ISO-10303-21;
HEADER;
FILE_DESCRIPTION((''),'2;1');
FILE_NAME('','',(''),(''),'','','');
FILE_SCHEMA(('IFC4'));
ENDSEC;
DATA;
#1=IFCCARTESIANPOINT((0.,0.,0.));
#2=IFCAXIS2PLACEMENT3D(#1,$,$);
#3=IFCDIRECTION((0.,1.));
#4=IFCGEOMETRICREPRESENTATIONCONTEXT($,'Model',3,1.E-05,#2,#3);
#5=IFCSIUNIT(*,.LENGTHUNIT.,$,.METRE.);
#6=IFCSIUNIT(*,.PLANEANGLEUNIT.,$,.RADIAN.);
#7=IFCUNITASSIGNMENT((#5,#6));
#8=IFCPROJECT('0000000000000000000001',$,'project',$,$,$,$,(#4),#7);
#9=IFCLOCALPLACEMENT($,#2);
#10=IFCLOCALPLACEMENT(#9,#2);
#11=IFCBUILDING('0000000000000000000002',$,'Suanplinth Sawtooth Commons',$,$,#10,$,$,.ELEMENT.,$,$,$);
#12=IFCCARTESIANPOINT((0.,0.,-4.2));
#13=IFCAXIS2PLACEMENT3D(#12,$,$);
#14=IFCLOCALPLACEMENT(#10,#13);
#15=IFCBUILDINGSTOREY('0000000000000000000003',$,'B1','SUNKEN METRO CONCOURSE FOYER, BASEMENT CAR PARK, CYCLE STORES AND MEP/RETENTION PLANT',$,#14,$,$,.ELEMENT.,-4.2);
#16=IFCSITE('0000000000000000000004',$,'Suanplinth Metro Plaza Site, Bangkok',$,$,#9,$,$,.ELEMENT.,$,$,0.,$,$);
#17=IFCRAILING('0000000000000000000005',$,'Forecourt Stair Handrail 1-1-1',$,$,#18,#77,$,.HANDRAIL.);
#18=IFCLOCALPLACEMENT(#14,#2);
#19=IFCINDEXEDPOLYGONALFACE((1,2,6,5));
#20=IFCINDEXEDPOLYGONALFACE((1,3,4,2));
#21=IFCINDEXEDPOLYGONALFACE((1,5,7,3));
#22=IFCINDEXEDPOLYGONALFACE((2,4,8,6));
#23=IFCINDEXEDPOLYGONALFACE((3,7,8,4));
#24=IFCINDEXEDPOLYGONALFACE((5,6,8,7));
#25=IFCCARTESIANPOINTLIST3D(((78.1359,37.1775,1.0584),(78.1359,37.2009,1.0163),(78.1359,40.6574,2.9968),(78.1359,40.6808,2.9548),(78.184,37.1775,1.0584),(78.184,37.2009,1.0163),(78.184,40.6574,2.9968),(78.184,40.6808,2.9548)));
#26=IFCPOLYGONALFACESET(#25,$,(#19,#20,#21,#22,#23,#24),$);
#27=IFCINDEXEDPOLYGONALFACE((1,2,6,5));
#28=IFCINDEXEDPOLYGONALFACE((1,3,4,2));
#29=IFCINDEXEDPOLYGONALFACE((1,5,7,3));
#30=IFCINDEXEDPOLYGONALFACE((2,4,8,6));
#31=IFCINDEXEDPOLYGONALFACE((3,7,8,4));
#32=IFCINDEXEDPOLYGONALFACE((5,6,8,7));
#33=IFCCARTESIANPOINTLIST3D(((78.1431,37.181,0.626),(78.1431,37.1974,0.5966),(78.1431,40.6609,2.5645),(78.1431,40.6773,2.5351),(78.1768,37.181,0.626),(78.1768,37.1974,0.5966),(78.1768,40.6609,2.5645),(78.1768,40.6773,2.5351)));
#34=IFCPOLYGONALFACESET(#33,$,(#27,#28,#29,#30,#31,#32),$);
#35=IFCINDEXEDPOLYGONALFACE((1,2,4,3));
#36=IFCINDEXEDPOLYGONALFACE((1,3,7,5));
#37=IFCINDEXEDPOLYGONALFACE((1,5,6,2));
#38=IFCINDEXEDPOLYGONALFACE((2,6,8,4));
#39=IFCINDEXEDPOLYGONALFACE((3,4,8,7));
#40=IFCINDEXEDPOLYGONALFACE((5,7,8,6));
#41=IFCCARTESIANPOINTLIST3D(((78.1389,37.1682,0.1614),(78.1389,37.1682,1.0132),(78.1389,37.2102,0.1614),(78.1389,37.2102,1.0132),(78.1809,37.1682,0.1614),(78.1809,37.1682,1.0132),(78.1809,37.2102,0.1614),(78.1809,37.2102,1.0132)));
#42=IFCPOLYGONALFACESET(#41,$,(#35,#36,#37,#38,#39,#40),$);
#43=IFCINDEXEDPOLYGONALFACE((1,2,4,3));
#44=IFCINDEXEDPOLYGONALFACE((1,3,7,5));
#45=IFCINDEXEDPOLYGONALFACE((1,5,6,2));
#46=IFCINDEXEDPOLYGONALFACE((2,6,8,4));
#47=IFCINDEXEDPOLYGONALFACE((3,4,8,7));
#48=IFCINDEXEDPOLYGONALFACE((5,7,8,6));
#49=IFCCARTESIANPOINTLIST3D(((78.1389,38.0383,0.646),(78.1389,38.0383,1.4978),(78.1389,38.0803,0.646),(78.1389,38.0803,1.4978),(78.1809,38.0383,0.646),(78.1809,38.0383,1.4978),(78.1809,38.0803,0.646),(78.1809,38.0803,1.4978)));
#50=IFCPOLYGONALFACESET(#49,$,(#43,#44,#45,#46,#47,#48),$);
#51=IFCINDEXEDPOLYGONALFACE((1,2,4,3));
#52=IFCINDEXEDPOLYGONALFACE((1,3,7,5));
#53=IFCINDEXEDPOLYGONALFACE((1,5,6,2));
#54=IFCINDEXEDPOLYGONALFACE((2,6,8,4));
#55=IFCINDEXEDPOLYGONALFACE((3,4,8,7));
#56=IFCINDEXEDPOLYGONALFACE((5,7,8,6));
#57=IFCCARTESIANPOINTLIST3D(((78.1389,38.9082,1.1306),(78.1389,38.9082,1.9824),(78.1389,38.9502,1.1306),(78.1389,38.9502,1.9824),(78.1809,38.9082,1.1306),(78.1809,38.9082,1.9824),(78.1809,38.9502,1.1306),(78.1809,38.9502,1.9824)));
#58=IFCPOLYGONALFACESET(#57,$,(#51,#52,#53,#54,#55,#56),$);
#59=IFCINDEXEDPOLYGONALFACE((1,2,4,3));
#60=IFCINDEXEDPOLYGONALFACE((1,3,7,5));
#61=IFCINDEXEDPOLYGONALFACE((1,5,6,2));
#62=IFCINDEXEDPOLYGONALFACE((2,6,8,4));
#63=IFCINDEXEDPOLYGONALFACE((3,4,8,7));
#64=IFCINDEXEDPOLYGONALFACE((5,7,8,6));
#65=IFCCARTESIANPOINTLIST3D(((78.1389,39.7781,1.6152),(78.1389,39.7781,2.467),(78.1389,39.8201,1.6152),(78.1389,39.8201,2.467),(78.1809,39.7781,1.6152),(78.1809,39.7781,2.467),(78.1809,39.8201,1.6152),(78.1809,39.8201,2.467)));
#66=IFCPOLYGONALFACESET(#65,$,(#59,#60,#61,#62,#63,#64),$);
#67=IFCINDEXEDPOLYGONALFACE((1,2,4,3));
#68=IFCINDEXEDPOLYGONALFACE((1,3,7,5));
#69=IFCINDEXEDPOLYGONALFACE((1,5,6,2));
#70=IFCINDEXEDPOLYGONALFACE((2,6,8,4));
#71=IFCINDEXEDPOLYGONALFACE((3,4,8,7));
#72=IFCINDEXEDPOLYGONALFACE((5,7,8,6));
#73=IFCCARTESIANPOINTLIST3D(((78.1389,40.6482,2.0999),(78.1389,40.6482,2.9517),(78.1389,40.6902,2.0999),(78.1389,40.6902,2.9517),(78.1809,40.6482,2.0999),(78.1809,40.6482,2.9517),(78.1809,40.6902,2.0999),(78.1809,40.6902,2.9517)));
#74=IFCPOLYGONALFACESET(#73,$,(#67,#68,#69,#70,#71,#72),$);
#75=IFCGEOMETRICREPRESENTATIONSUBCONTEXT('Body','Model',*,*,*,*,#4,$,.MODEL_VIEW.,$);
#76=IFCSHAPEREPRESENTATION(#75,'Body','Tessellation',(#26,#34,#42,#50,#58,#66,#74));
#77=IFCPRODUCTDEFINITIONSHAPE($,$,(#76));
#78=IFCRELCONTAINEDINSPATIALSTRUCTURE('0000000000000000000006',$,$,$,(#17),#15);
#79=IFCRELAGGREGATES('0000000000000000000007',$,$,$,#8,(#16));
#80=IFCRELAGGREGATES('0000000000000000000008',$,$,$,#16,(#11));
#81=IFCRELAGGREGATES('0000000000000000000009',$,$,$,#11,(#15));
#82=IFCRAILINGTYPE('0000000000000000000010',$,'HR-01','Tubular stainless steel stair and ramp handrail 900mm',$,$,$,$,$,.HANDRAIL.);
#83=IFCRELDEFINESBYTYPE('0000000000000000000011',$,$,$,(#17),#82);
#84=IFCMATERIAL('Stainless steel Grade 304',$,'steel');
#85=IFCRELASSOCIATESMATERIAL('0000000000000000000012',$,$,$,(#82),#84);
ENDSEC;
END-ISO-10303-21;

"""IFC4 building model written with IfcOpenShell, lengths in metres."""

from ifc_helpers import new_model, si_unit, direction, frame, origin, origin_2d, place, context, subcontext, project, spatial, rectangle, extrude, material, type_object, element, save


model = new_model("IFC4")

# Units and contexts
model_context = context("Model", 3, precision=1e-05, world=origin(), true_north=direction((0.0, 1.0)))
body_context = subcontext(model_context, "Body", "Model", "MODEL_VIEW")
ifc_project = project(units=[si_unit("LENGTHUNIT", "METRE"), si_unit("PLANEANGLEUNIT", "RADIAN")], contexts=[model_context])

# Site, building, storey
site_placement = place(None, origin())
site = spatial("IfcSite", under=ifc_project, at=site_placement, Name="Suanplinth Metro Plaza Site, Bangkok", CompositionType="ELEMENT", RefElevation=0.0)
building_placement = place(site_placement, origin())
building = spatial("IfcBuilding", under=site, at=building_placement, Name="Suanplinth Sawtooth Commons", CompositionType="ELEMENT")
storey_placement = place(building_placement, frame((0.0, 0.0, -4.2)))
storey = spatial("IfcBuildingStorey", under=building, at=storey_placement, Name="B1", Description="SUNKEN METRO CONCOURSE FOYER, BASEMENT CAR PARK, CYCLE STORES AND MEP/RETENTION PLANT", CompositionType="ELEMENT", Elevation=-4.2)

# Railing
ifc_material_1 = material(Name="Stainless steel Grade 304", Category="steel")
railing_type_1 = type_object("IfcRailingType", Name="HR-01", Description="Tubular stainless steel stair and ramp handrail 900mm", PredefinedType="HANDRAIL", material=ifc_material_1)
railing_1_placement = place(storey_placement, frame((78.1599, 37.1892, 0.1614)))
element("IfcRailing", 1, at=railing_1_placement, inside=storey, type_object=railing_type_1, Name="Forecourt Stair Handrail 1-1-1", PredefinedType="HANDRAIL", context=body_context, shape_type="SweptSolid", body=[
    extrude(rectangle(XDim=0.0481, YDim=0.0481, at=origin_2d()), frame((0.0, 0.0, 0.876), z_axis=(0.0, 0.873607, 0.486631), x_axis=(-1.0, 0.0, 0.0)), (0.0, 0.0, 1.0), 3.9834),
    extrude(rectangle(XDim=0.0337, YDim=0.0337, at=origin_2d()), frame((0.0, 0.0, 0.45), z_axis=(0.0, 0.873607, 0.486631), x_axis=(-1.0, 0.0, 0.0)), (0.0, 0.0, 1.0), 3.9834),
    extrude(rectangle(XDim=0.042, YDim=0.042, at=origin_2d()), origin(), (0.0, 0.0, 1.0), 0.8518),
    extrude(rectangle(XDim=0.042, YDim=0.042, at=origin_2d()), frame((0.0, 0.8701, 0.4846)), (0.0, 0.0, 1.0), 0.8518),
    extrude(rectangle(XDim=0.042, YDim=0.042, at=origin_2d()), frame((0.0, 1.74, 0.9692)), (0.0, 0.0, 1.0), 0.8518),
    extrude(rectangle(XDim=0.042, YDim=0.042, at=origin_2d()), frame((0.0, 2.6099, 1.4539)), (0.0, 0.0, 1.0), 0.8518),
    extrude(rectangle(XDim=0.042, YDim=0.042, at=origin_2d()), frame((0.0, 3.48, 1.9385)), (0.0, 0.0, 1.0), 0.8518),
])

save(model, "model.ifc")
